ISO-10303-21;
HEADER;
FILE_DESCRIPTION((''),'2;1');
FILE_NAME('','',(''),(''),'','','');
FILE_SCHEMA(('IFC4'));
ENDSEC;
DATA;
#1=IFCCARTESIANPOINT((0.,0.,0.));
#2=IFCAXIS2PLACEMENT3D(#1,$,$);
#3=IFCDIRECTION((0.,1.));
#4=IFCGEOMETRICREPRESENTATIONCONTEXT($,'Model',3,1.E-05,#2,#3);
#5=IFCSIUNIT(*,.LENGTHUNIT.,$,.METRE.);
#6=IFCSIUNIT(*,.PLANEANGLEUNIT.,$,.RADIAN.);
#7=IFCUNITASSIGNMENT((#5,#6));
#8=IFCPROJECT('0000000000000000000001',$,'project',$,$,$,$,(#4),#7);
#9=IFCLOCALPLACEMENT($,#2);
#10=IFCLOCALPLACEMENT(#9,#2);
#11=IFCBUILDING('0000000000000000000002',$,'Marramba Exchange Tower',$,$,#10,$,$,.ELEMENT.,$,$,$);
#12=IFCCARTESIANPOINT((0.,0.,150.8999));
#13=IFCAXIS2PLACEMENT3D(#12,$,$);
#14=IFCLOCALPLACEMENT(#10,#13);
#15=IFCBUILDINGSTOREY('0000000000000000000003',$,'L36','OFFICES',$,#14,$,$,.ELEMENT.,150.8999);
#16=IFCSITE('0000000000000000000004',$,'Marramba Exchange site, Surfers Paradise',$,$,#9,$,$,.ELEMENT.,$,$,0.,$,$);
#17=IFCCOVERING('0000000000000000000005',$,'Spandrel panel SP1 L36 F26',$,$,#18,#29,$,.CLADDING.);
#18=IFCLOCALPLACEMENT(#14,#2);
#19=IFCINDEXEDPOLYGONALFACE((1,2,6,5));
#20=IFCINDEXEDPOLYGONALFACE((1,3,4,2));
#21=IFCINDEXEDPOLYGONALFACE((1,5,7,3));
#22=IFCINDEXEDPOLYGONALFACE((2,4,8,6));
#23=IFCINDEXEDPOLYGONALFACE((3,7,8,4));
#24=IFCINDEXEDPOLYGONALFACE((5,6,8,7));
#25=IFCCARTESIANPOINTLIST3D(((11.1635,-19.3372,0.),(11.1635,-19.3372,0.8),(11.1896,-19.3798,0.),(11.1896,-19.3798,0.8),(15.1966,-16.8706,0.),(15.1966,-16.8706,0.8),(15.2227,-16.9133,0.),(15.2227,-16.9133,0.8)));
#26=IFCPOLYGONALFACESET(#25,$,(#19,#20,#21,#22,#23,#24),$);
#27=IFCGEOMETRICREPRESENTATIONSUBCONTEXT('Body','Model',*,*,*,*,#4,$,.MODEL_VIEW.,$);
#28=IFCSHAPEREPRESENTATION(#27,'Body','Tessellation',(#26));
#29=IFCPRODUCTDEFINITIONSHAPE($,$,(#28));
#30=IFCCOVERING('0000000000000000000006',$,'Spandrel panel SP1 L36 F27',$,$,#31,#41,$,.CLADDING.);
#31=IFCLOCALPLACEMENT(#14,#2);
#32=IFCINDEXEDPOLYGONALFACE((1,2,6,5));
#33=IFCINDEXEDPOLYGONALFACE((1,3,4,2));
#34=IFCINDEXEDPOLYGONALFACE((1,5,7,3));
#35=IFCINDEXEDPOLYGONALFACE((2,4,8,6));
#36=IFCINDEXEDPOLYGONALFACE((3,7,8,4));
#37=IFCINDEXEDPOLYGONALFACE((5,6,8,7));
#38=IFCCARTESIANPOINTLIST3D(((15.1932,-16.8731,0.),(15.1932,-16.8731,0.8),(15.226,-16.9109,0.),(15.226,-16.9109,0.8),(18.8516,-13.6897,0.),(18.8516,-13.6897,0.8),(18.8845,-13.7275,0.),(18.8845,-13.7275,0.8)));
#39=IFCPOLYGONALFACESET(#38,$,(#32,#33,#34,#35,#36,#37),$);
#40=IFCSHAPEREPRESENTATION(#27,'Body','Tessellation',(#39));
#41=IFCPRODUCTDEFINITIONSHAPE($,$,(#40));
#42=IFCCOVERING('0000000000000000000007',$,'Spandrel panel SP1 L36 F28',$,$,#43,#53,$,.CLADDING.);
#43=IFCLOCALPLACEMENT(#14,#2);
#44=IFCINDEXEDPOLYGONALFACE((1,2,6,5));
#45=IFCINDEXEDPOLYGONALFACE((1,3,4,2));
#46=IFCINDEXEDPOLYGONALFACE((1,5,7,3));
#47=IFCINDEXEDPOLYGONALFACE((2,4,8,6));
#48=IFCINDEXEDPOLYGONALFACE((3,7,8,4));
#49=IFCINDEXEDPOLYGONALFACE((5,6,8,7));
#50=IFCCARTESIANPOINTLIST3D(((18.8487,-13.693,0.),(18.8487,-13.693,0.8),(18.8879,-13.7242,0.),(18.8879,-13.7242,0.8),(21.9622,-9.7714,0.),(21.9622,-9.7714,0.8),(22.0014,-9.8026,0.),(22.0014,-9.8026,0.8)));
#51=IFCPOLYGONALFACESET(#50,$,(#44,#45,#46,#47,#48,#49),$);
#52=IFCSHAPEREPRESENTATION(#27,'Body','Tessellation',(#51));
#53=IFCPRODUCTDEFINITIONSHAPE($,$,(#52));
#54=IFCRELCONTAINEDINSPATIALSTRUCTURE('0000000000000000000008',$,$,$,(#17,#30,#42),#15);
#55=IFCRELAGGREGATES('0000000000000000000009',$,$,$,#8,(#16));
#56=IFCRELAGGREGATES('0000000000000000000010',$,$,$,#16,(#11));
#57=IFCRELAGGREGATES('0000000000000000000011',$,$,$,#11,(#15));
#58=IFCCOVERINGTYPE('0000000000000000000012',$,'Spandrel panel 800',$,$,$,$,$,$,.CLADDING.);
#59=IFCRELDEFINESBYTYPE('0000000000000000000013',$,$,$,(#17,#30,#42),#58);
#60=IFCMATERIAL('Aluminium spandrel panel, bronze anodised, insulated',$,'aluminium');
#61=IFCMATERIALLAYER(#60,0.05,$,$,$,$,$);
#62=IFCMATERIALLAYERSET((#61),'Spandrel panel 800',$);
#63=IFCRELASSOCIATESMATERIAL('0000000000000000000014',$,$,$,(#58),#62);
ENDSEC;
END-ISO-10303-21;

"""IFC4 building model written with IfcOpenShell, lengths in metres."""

from ifc_helpers import new_model, si_unit, direction, frame, origin, origin_2d, place, context, subcontext, project, spatial, rectangle, extrude, material, layer, layer_set, type_object, element, save


model = new_model("IFC4")

# Units and contexts
model_context = context("Model", 3, precision=1e-05, world=origin(), true_north=direction((0.0, 1.0)))
body_context = subcontext(model_context, "Body", "Model", "MODEL_VIEW")
ifc_project = project(units=[si_unit("LENGTHUNIT", "METRE"), si_unit("PLANEANGLEUNIT", "RADIAN")], contexts=[model_context])

# Site, building, storey
site_placement = place(None, origin())
site = spatial("IfcSite", under=ifc_project, at=site_placement, Name="Marramba Exchange site, Surfers Paradise", CompositionType="ELEMENT", RefElevation=0.0)
building_placement = place(site_placement, origin())
building = spatial("IfcBuilding", under=site, at=building_placement, Name="Marramba Exchange Tower", CompositionType="ELEMENT")
storey_placement = place(building_placement, frame((0.0, 0.0, 150.8999)))
storey = spatial("IfcBuildingStorey", under=building, at=storey_placement, Name="L36", Description="OFFICES", CompositionType="ELEMENT", Elevation=150.8999)

# Coverings
ifc_material_1 = material(Name="Aluminium spandrel panel, bronze anodised, insulated", Category="aluminium")
ifc_layer_1 = layer(ifc_material_1, 0.05)
ifc_layer_set_1 = layer_set([ifc_layer_1], Name="Spandrel panel 800")
covering_type = type_object("IfcCoveringType", Name="Spandrel panel 800", PredefinedType="CLADDING", material=ifc_layer_set_1)
covering_1_placement = place(storey_placement, frame((13.1931, -18.1252, 0.0), z_axis=(0.0, 0.0, 1.0), x_axis=(0.853109, 0.521733, 0.0)))
element("IfcCovering", 1, at=covering_1_placement, inside=storey, type_object=covering_type, Name="Spandrel panel SP1 L36 F26", PredefinedType="CLADDING", context=body_context, shape_type="SweptSolid", body=[
    extrude(rectangle(XDim=4.7275, YDim=0.05, at=origin_2d()), origin(), (0.0, 0.0, 1.0), 0.8),
])
covering_2_placement = place(storey_placement, frame((17.0388, -15.3003, 0.0), z_axis=(0.0, 0.0, 1.0), x_axis=(0.754386, 0.656432, 0.0)))
element("IfcCovering", 2, at=covering_2_placement, inside=storey, type_object=covering_type, Name="Spandrel panel SP1 L36 F27", PredefinedType="CLADDING", context=body_context, shape_type="SweptSolid", body=[
    extrude(rectangle(XDim=4.8496, YDim=0.05, at=origin_2d()), origin(), (0.0, 0.0, 1.0), 0.8),
])
covering_3_placement = place(storey_placement, frame((20.425, -11.7478, 0.0), z_axis=(0.0, 0.0, 1.0), x_axis=(0.621807, 0.78317, 0.0)))
element("IfcCovering", 3, at=covering_3_placement, inside=storey, type_object=covering_type, Name="Spandrel panel SP1 L36 F28", PredefinedType="CLADDING", context=body_context, shape_type="SweptSolid", body=[
    extrude(rectangle(XDim=5.0073, YDim=0.05, at=origin_2d()), origin(), (0.0, 0.0, 1.0), 0.8),
])

save(model, "model.ifc")
